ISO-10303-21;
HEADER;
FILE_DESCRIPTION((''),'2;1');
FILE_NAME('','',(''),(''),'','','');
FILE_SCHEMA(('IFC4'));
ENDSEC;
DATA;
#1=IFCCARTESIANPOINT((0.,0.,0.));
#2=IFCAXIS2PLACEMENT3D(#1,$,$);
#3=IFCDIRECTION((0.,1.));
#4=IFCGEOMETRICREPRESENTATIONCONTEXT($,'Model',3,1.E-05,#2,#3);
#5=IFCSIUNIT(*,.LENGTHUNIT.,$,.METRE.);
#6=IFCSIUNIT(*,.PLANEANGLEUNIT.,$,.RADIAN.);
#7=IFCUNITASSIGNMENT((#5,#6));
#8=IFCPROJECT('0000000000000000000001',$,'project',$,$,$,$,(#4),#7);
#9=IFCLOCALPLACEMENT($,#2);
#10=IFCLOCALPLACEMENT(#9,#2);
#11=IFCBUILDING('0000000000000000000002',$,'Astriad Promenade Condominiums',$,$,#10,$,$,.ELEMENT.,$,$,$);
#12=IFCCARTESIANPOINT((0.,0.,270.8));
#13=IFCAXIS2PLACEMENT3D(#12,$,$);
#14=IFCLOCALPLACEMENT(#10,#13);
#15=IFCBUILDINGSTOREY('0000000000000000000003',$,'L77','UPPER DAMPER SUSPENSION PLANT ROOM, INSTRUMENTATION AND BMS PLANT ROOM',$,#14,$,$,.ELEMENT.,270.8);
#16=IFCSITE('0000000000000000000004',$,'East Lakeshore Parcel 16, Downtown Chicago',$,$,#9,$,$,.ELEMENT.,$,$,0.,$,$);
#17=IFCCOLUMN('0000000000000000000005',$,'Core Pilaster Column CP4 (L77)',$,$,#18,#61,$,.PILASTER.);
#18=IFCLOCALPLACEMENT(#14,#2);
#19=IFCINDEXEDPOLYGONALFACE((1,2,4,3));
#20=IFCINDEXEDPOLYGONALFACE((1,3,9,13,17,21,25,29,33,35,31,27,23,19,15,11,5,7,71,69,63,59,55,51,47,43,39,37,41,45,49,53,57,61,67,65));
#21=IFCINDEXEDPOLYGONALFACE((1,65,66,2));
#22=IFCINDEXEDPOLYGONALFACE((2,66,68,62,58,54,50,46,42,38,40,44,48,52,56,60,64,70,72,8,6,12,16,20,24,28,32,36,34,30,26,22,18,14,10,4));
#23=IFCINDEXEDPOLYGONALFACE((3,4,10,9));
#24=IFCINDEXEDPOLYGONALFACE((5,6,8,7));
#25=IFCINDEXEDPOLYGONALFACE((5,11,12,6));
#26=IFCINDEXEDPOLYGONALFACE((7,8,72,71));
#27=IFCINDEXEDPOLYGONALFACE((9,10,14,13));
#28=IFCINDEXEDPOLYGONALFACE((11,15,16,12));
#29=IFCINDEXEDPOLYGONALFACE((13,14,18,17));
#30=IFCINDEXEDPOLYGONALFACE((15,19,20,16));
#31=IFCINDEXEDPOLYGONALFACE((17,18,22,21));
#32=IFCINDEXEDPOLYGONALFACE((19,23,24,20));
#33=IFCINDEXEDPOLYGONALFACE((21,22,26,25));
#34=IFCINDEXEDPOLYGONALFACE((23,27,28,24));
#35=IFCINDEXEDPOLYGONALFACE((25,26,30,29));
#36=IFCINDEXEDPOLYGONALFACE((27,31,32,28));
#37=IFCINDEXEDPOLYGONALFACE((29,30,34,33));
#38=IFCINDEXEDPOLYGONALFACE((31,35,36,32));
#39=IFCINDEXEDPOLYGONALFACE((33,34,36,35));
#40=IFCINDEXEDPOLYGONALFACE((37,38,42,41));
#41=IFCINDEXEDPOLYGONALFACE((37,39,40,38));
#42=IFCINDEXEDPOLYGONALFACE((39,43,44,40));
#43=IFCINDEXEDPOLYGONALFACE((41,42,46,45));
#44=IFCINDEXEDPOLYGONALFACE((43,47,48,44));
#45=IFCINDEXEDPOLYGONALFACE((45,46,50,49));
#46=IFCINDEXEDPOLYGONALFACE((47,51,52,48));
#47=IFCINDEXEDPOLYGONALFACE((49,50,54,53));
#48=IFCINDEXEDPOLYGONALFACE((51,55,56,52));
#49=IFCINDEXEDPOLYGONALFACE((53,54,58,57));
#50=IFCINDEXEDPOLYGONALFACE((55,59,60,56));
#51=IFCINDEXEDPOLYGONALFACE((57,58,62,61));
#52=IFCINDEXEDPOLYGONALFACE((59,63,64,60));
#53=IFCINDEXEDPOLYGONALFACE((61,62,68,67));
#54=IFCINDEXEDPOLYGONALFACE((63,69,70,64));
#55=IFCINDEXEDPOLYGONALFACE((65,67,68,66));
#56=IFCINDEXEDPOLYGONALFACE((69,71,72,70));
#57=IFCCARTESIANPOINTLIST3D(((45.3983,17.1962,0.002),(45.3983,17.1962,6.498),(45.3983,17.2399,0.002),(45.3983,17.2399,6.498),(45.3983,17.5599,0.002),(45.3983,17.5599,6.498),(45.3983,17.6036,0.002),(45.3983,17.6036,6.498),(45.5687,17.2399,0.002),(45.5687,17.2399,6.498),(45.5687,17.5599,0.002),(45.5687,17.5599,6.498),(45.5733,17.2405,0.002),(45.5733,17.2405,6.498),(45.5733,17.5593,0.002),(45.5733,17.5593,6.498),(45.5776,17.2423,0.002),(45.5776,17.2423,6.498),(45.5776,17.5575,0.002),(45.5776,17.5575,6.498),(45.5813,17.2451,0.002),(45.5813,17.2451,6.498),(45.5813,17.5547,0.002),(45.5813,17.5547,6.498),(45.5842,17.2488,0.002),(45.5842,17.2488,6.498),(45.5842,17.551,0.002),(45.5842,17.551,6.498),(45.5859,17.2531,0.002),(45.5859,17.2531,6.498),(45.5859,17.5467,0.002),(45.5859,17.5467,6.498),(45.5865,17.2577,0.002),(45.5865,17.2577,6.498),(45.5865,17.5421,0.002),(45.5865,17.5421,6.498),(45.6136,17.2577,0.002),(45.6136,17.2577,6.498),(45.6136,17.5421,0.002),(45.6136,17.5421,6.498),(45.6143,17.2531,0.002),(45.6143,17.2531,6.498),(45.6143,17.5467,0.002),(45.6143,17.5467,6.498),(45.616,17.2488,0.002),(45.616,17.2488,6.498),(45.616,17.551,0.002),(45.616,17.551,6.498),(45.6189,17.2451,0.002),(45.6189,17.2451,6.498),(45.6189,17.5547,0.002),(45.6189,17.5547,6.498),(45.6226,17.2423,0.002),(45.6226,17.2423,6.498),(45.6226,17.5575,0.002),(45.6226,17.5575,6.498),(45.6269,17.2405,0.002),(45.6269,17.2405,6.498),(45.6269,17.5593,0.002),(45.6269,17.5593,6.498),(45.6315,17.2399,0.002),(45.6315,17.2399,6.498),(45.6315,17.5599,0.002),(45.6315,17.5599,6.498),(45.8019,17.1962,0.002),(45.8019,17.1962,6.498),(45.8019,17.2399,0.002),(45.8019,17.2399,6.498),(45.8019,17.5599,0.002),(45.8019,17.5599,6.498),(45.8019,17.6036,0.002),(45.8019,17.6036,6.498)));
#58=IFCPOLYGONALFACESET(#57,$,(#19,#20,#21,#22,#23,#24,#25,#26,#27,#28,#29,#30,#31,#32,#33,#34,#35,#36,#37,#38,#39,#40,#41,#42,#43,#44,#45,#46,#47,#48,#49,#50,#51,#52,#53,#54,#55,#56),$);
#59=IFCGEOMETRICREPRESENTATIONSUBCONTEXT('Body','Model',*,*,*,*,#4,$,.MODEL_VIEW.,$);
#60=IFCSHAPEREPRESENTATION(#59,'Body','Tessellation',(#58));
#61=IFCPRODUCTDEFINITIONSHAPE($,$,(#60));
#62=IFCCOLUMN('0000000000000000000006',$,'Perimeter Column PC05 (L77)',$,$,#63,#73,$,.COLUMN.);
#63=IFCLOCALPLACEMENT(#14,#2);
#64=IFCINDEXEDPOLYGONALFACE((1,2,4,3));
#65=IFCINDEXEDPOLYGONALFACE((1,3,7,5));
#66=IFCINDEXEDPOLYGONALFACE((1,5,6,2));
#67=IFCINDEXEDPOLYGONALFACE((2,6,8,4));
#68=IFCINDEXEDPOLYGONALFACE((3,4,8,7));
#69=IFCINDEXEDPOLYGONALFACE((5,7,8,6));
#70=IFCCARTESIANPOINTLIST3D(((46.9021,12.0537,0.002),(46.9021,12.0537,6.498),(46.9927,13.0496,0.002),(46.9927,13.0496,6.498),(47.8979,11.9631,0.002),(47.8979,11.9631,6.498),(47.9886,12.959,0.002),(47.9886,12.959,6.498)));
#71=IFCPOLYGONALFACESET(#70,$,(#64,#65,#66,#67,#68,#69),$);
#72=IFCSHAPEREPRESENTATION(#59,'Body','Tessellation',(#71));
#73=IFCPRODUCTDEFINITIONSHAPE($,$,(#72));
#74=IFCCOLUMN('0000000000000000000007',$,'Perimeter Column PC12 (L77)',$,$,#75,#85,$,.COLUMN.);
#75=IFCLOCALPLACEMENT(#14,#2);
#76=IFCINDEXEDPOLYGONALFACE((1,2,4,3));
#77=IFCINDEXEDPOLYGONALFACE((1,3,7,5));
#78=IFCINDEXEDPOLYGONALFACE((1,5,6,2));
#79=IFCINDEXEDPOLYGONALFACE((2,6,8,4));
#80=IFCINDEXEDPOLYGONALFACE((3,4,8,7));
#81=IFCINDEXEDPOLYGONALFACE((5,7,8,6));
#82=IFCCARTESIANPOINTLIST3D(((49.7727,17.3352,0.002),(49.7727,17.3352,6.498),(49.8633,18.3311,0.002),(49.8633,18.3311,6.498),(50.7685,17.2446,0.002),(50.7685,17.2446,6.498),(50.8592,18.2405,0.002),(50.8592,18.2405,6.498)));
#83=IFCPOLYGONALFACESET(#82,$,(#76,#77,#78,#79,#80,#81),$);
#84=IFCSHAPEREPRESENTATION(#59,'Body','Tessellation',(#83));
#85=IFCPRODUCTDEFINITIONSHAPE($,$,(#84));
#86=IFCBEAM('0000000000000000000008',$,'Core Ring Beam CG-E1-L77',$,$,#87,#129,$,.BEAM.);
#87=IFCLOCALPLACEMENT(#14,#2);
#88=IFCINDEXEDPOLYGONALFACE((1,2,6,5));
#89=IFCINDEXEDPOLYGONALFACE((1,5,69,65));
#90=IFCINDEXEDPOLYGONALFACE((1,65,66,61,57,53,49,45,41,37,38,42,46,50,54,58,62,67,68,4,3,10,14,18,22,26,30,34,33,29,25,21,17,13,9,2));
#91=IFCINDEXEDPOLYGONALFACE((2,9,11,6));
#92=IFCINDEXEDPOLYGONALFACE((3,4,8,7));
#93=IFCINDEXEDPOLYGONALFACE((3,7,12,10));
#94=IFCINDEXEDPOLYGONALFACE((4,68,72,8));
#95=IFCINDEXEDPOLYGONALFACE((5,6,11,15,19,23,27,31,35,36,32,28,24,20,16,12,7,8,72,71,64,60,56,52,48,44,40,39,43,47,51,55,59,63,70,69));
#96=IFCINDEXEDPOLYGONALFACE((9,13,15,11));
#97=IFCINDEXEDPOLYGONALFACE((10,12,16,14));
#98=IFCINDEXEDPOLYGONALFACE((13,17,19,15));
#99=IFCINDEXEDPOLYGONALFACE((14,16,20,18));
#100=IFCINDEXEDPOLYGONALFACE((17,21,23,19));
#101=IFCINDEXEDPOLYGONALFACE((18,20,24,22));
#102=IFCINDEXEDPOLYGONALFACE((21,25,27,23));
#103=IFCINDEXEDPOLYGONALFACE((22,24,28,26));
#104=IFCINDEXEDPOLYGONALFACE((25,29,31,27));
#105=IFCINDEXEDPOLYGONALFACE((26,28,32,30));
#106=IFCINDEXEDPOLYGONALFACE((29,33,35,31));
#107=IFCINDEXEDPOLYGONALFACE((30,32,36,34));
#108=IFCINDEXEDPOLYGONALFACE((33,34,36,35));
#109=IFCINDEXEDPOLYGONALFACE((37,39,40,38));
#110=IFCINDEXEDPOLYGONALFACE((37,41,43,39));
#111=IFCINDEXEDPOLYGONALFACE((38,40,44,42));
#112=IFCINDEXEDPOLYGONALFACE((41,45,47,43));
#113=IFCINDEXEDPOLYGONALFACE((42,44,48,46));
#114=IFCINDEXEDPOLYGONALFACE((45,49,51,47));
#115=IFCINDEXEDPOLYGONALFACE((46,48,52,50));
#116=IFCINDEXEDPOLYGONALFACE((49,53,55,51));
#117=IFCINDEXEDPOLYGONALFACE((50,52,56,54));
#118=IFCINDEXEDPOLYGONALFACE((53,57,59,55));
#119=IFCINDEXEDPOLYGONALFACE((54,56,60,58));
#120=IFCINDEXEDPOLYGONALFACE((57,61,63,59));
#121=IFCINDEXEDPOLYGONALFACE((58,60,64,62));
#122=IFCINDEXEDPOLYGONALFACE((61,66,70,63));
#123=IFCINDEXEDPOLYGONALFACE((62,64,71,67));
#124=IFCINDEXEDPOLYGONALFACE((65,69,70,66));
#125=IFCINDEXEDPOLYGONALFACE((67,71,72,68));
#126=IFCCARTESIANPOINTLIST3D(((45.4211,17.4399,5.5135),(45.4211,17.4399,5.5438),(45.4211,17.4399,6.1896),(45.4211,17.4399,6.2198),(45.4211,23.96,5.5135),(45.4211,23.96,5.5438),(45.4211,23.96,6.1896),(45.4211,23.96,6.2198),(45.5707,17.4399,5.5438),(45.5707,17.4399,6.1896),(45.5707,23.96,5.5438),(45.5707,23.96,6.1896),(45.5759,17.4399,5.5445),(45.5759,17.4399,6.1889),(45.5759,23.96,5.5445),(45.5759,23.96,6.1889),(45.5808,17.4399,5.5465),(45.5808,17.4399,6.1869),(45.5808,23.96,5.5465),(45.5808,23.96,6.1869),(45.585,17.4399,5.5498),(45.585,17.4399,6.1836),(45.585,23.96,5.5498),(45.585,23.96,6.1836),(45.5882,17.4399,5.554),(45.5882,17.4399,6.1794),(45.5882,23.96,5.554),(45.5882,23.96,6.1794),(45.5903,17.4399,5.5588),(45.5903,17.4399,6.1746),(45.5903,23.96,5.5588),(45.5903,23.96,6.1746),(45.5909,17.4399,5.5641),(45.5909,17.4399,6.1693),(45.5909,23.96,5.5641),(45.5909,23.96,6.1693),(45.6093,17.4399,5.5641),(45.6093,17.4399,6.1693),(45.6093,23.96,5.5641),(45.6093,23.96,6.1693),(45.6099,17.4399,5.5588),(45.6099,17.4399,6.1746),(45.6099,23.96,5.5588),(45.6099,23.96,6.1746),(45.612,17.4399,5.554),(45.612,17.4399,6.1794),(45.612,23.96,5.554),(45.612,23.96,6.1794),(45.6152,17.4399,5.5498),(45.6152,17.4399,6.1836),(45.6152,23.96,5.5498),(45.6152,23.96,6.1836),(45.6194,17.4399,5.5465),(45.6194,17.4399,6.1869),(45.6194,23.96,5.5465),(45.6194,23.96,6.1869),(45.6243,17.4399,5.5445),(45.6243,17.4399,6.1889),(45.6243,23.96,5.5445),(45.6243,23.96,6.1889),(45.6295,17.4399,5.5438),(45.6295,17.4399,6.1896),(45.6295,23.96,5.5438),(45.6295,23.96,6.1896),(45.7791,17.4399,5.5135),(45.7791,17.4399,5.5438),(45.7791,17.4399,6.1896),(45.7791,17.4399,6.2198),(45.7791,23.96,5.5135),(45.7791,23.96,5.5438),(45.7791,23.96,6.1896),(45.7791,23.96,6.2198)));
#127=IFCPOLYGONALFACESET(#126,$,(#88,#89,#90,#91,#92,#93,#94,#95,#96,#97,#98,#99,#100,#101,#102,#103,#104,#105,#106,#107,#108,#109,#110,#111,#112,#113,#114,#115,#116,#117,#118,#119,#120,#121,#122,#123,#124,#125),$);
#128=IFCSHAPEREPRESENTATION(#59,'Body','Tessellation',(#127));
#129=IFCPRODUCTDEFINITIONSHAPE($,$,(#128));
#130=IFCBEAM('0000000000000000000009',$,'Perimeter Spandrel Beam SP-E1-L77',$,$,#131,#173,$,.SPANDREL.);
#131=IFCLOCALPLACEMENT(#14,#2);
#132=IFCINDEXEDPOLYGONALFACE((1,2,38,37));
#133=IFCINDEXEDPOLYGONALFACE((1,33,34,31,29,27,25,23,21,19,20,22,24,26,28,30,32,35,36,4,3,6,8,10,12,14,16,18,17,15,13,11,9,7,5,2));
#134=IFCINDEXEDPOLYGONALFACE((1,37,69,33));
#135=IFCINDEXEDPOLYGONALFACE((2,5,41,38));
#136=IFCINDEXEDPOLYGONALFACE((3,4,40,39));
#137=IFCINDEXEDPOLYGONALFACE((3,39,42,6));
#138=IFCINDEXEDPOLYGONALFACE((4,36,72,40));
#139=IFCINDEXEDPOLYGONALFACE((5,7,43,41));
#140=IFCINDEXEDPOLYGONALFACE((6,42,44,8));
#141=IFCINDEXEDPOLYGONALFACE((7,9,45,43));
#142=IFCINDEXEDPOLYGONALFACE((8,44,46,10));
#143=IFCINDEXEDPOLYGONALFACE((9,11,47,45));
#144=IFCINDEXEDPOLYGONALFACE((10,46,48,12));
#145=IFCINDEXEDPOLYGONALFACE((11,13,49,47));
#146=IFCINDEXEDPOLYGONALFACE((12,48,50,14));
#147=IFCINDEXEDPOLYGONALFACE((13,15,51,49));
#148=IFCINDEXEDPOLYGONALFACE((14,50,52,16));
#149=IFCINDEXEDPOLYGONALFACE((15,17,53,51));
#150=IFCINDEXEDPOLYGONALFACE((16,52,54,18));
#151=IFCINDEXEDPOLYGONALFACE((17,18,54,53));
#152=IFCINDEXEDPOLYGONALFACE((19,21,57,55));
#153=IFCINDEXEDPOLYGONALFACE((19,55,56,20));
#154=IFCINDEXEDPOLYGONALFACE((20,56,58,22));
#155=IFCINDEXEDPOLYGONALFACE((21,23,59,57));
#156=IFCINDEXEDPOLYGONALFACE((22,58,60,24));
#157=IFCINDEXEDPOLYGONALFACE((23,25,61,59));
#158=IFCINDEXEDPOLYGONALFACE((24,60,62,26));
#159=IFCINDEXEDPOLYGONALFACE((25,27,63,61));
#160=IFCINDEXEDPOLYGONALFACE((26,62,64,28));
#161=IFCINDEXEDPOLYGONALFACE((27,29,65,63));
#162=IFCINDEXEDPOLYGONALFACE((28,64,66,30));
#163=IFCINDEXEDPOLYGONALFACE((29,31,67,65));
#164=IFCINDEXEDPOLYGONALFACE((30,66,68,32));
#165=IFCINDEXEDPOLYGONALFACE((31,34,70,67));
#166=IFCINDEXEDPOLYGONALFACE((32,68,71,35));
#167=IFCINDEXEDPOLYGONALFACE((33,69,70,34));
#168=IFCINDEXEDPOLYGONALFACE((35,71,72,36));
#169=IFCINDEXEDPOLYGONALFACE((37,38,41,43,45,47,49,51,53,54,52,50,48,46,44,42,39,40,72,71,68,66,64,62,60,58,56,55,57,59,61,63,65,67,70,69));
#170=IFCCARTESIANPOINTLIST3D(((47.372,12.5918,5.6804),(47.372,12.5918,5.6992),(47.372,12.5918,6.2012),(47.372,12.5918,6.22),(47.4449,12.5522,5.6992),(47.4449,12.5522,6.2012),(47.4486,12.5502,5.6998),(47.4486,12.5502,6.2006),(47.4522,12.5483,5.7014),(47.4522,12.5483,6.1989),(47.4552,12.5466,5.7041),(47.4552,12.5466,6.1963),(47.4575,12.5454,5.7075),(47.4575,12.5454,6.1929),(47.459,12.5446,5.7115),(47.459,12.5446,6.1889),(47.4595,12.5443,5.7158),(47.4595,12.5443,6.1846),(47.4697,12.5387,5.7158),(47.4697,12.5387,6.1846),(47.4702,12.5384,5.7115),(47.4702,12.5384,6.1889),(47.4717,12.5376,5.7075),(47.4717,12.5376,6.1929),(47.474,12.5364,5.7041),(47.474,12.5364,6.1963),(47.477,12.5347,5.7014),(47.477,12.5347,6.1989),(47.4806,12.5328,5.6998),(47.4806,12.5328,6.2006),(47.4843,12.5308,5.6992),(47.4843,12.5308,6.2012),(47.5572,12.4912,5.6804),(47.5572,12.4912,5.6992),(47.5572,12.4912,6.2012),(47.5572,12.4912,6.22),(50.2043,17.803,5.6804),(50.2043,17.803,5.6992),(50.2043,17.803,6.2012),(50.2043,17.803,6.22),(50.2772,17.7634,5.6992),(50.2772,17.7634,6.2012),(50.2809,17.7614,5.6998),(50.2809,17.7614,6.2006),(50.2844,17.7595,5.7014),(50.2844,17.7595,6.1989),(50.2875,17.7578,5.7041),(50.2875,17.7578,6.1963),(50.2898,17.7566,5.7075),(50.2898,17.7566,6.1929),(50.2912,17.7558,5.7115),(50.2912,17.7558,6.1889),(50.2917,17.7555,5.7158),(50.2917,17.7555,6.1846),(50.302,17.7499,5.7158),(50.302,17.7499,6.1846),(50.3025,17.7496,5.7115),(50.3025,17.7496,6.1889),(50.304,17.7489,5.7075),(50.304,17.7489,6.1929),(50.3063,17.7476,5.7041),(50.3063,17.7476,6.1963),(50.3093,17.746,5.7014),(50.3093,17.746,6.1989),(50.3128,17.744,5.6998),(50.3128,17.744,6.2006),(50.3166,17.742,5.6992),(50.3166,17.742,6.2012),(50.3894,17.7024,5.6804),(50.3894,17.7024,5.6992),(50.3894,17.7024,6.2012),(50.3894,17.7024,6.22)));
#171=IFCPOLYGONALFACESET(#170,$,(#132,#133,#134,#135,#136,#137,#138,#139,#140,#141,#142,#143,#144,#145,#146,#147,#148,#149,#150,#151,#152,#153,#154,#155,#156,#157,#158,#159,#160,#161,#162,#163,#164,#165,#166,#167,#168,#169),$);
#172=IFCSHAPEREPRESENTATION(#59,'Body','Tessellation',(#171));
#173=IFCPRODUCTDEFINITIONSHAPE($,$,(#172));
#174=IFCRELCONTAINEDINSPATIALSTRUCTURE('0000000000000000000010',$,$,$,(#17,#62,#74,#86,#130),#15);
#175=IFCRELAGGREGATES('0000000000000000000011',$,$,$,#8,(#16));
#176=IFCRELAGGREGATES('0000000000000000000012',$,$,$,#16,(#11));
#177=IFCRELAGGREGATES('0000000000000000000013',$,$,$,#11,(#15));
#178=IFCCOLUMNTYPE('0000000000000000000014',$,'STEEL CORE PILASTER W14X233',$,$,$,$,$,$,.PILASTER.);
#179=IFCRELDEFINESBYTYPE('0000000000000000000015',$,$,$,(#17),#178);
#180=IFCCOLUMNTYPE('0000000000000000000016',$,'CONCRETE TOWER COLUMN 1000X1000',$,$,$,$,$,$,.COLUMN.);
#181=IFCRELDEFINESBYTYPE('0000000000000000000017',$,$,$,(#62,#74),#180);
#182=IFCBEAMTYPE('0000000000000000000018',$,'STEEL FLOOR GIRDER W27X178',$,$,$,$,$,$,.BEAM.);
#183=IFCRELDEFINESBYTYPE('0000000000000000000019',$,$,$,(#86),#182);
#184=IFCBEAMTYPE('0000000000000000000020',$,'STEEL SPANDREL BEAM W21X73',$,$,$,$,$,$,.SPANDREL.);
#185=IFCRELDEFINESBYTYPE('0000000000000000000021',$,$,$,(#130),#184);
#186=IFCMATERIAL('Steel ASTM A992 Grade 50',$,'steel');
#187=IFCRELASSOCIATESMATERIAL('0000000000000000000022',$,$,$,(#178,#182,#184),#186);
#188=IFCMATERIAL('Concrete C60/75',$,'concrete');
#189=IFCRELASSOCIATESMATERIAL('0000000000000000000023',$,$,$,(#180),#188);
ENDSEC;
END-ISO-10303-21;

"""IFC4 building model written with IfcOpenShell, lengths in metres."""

from ifc_helpers import new_model, si_unit, direction, frame, origin, origin_2d, place, context, subcontext, project, spatial, rectangle, i_section, extrude, source, transform, mapped, material, material_profile, profile_set, type_object, type_shapes, element, save


model = new_model("IFC4")

# Units and contexts
model_context = context("Model", 3, precision=1e-05, world=origin(), true_north=direction((0.0, 1.0)))
body_context = subcontext(model_context, "Body", "Model", "MODEL_VIEW")
ifc_project = project(units=[si_unit("LENGTHUNIT", "METRE"), si_unit("PLANEANGLEUNIT", "RADIAN")], contexts=[model_context])

# Site, building, storey
site_placement = place(None, origin())
site = spatial("IfcSite", under=ifc_project, at=site_placement, Name="East Lakeshore Parcel 16, Downtown Chicago", CompositionType="ELEMENT", RefElevation=0.0)
building_placement = place(site_placement, origin())
building = spatial("IfcBuilding", under=site, at=building_placement, Name="Astriad Promenade Condominiums", CompositionType="ELEMENT")
storey_placement = place(building_placement, frame((0.0, 0.0, 270.8)))
storey = spatial("IfcBuildingStorey", under=building, at=storey_placement, Name="L77", Description="UPPER DAMPER SUSPENSION PLANT ROOM, INSTRUMENTATION AND BMS PLANT ROOM", CompositionType="ELEMENT", Elevation=270.8)

# Columns
ifc_material_1 = material(Name="Steel ASTM A992 Grade 50", Category="steel")
ifc_material_profile_1 = material_profile(ifc_material_1, i_section(OverallWidth=0.4036, OverallDepth=0.4075, WebThickness=0.0271, FlangeThickness=0.0437, FilletRadius=0.0178, at=origin_2d()), Name="W14X233")
ifc_profile_set_1 = profile_set([ifc_material_profile_1], Name="Steel ASTM A992 Grade 50")
column_type_1 = type_object("IfcColumnType", Name="STEEL CORE PILASTER W14X233", PredefinedType="PILASTER", material=ifc_profile_set_1)
shared_shape_1 = source(origin(), body_context, "Body", "SweptSolid", [
    extrude(i_section(OverallWidth=0.4036, OverallDepth=0.4075, WebThickness=0.0271, FlangeThickness=0.0437, FilletRadius=0.0178, at=origin_2d()), origin(), (0.0, 0.0, 1.0), 6.4961),
])
type_shapes(column_type_1, [shared_shape_1])
column_placement = place(storey_placement, frame((45.6001, 17.3999, 0.002), z_axis=(0.0, 0.0, 1.0), x_axis=(1.0, 0.0, 0.0)))
element("IfcColumn", 1, at=column_placement, inside=storey, type_object=column_type_1, Name="Core Pilaster Column CP4 (L77)", PredefinedType="PILASTER", context=body_context, shape_type="MappedRepresentation", body=[
    mapped(shared_shape_1, transform((0.0, 0.0, 0.0), scale=1.0)),
])
ifc_material_2 = material(Name="Concrete C60/75", Category="concrete")
ifc_material_profile_2 = material_profile(ifc_material_2, rectangle(XDim=1.0, YDim=1.0, at=origin_2d()), Name="RC-COL-1000X1000")
ifc_profile_set_2 = profile_set([ifc_material_profile_2], Name="Concrete C60/75")
column_type_2 = type_object("IfcColumnType", Name="CONCRETE TOWER COLUMN 1000X1000", PredefinedType="COLUMN", material=ifc_profile_set_2)
shared_shape_2 = source(origin(), body_context, "Body", "SweptSolid", [
    extrude(rectangle(XDim=1.0, YDim=1.0, at=origin_2d()), origin(), (0.0, 0.0, 1.0), 6.4961),
])
type_shapes(column_type_2, [shared_shape_2])
for number, where, z_axis, x_axis, name in (
    (2, (47.4453, 12.5063, 0.002), (0.0, 0.0, 1.0), (0.995884, -0.090633, 0.0), "Perimeter Column PC05 (L77)"),
    (3, (50.3159, 17.7878, 0.002), (0.0, 0.0, 1.0), (0.995884, -0.090633, 0.0), "Perimeter Column PC12 (L77)"),
):
    element("IfcColumn", number, at=place(storey_placement, frame(where, z_axis=z_axis, x_axis=x_axis)), inside=storey, type_object=column_type_2, Name=name, PredefinedType="COLUMN", context=body_context, shape_type="MappedRepresentation", body=[
        mapped(shared_shape_2, transform((0.0, 0.0, 0.0), scale=1.0)),
    ])

# Beams
ifc_material_profile_3 = material_profile(ifc_material_1, i_section(OverallWidth=0.3579, OverallDepth=0.7063, WebThickness=0.0183, FlangeThickness=0.0303, FilletRadius=0.0203, at=origin_2d()), Name="W27X178")
ifc_profile_set_3 = profile_set([ifc_material_profile_3], Name="Steel ASTM A992 Grade 50")
beam_type_1 = type_object("IfcBeamType", Name="STEEL FLOOR GIRDER W27X178", PredefinedType="BEAM", material=ifc_profile_set_3)
shared_shape_3 = source(origin(), body_context, "Body", "SweptSolid", [
    extrude(i_section(OverallWidth=0.3579, OverallDepth=0.7063, WebThickness=0.0183, FlangeThickness=0.0303, FilletRadius=0.0203, at=origin_2d()), origin(), (0.0, 0.0, 1.0), 6.52),
])
type_shapes(beam_type_1, [shared_shape_3])
beam_1_placement = place(storey_placement, frame((45.6001, 17.4399, 5.8667), z_axis=(0.0, 1.0, 0.0), x_axis=(-1.0, 0.0, 0.0)))
element("IfcBeam", 4, at=beam_1_placement, inside=storey, type_object=beam_type_1, Name="Core Ring Beam CG-E1-L77", PredefinedType="BEAM", context=body_context, shape_type="MappedRepresentation", body=[
    mapped(shared_shape_3, transform((0.0, 0.0, 0.0), scale=1.0)),
])
ifc_material_profile_4 = material_profile(ifc_material_1, i_section(OverallWidth=0.2107, OverallDepth=0.5396, WebThickness=0.0117, FlangeThickness=0.0188, FilletRadius=0.0166, at=origin_2d()), Name="W21X73")
ifc_profile_set_4 = profile_set([ifc_material_profile_4], Name="Steel ASTM A992 Grade 50")
beam_type_2 = type_object("IfcBeamType", Name="STEEL SPANDREL BEAM W21X73", PredefinedType="SPANDREL", material=ifc_profile_set_4)
shared_shape_4 = source(origin(), body_context, "Body", "SweptSolid", [
    extrude(i_section(OverallWidth=0.2107, OverallDepth=0.5396, WebThickness=0.0117, FlangeThickness=0.0188, FilletRadius=0.0166, at=origin_2d()), origin(), (0.0, 0.0, 1.0), 5.9312),
])
type_shapes(beam_type_2, [shared_shape_4])
for number, where, z_axis, x_axis, name in (
    (5, (47.4646, 12.5415, 5.9502), (0.477528, 0.878617, 0.0), (-0.878617, 0.477528, 0.0), "Perimeter Spandrel Beam SP-E1-L77"),
):
    element("IfcBeam", number, at=place(storey_placement, frame(where, z_axis=z_axis, x_axis=x_axis)), inside=storey, type_object=beam_type_2, Name=name, PredefinedType="SPANDREL", context=body_context, shape_type="MappedRepresentation", body=[
        mapped(shared_shape_4, transform((0.0, 0.0, 0.0), scale=1.0)),
    ])

save(model, "model.ifc")
